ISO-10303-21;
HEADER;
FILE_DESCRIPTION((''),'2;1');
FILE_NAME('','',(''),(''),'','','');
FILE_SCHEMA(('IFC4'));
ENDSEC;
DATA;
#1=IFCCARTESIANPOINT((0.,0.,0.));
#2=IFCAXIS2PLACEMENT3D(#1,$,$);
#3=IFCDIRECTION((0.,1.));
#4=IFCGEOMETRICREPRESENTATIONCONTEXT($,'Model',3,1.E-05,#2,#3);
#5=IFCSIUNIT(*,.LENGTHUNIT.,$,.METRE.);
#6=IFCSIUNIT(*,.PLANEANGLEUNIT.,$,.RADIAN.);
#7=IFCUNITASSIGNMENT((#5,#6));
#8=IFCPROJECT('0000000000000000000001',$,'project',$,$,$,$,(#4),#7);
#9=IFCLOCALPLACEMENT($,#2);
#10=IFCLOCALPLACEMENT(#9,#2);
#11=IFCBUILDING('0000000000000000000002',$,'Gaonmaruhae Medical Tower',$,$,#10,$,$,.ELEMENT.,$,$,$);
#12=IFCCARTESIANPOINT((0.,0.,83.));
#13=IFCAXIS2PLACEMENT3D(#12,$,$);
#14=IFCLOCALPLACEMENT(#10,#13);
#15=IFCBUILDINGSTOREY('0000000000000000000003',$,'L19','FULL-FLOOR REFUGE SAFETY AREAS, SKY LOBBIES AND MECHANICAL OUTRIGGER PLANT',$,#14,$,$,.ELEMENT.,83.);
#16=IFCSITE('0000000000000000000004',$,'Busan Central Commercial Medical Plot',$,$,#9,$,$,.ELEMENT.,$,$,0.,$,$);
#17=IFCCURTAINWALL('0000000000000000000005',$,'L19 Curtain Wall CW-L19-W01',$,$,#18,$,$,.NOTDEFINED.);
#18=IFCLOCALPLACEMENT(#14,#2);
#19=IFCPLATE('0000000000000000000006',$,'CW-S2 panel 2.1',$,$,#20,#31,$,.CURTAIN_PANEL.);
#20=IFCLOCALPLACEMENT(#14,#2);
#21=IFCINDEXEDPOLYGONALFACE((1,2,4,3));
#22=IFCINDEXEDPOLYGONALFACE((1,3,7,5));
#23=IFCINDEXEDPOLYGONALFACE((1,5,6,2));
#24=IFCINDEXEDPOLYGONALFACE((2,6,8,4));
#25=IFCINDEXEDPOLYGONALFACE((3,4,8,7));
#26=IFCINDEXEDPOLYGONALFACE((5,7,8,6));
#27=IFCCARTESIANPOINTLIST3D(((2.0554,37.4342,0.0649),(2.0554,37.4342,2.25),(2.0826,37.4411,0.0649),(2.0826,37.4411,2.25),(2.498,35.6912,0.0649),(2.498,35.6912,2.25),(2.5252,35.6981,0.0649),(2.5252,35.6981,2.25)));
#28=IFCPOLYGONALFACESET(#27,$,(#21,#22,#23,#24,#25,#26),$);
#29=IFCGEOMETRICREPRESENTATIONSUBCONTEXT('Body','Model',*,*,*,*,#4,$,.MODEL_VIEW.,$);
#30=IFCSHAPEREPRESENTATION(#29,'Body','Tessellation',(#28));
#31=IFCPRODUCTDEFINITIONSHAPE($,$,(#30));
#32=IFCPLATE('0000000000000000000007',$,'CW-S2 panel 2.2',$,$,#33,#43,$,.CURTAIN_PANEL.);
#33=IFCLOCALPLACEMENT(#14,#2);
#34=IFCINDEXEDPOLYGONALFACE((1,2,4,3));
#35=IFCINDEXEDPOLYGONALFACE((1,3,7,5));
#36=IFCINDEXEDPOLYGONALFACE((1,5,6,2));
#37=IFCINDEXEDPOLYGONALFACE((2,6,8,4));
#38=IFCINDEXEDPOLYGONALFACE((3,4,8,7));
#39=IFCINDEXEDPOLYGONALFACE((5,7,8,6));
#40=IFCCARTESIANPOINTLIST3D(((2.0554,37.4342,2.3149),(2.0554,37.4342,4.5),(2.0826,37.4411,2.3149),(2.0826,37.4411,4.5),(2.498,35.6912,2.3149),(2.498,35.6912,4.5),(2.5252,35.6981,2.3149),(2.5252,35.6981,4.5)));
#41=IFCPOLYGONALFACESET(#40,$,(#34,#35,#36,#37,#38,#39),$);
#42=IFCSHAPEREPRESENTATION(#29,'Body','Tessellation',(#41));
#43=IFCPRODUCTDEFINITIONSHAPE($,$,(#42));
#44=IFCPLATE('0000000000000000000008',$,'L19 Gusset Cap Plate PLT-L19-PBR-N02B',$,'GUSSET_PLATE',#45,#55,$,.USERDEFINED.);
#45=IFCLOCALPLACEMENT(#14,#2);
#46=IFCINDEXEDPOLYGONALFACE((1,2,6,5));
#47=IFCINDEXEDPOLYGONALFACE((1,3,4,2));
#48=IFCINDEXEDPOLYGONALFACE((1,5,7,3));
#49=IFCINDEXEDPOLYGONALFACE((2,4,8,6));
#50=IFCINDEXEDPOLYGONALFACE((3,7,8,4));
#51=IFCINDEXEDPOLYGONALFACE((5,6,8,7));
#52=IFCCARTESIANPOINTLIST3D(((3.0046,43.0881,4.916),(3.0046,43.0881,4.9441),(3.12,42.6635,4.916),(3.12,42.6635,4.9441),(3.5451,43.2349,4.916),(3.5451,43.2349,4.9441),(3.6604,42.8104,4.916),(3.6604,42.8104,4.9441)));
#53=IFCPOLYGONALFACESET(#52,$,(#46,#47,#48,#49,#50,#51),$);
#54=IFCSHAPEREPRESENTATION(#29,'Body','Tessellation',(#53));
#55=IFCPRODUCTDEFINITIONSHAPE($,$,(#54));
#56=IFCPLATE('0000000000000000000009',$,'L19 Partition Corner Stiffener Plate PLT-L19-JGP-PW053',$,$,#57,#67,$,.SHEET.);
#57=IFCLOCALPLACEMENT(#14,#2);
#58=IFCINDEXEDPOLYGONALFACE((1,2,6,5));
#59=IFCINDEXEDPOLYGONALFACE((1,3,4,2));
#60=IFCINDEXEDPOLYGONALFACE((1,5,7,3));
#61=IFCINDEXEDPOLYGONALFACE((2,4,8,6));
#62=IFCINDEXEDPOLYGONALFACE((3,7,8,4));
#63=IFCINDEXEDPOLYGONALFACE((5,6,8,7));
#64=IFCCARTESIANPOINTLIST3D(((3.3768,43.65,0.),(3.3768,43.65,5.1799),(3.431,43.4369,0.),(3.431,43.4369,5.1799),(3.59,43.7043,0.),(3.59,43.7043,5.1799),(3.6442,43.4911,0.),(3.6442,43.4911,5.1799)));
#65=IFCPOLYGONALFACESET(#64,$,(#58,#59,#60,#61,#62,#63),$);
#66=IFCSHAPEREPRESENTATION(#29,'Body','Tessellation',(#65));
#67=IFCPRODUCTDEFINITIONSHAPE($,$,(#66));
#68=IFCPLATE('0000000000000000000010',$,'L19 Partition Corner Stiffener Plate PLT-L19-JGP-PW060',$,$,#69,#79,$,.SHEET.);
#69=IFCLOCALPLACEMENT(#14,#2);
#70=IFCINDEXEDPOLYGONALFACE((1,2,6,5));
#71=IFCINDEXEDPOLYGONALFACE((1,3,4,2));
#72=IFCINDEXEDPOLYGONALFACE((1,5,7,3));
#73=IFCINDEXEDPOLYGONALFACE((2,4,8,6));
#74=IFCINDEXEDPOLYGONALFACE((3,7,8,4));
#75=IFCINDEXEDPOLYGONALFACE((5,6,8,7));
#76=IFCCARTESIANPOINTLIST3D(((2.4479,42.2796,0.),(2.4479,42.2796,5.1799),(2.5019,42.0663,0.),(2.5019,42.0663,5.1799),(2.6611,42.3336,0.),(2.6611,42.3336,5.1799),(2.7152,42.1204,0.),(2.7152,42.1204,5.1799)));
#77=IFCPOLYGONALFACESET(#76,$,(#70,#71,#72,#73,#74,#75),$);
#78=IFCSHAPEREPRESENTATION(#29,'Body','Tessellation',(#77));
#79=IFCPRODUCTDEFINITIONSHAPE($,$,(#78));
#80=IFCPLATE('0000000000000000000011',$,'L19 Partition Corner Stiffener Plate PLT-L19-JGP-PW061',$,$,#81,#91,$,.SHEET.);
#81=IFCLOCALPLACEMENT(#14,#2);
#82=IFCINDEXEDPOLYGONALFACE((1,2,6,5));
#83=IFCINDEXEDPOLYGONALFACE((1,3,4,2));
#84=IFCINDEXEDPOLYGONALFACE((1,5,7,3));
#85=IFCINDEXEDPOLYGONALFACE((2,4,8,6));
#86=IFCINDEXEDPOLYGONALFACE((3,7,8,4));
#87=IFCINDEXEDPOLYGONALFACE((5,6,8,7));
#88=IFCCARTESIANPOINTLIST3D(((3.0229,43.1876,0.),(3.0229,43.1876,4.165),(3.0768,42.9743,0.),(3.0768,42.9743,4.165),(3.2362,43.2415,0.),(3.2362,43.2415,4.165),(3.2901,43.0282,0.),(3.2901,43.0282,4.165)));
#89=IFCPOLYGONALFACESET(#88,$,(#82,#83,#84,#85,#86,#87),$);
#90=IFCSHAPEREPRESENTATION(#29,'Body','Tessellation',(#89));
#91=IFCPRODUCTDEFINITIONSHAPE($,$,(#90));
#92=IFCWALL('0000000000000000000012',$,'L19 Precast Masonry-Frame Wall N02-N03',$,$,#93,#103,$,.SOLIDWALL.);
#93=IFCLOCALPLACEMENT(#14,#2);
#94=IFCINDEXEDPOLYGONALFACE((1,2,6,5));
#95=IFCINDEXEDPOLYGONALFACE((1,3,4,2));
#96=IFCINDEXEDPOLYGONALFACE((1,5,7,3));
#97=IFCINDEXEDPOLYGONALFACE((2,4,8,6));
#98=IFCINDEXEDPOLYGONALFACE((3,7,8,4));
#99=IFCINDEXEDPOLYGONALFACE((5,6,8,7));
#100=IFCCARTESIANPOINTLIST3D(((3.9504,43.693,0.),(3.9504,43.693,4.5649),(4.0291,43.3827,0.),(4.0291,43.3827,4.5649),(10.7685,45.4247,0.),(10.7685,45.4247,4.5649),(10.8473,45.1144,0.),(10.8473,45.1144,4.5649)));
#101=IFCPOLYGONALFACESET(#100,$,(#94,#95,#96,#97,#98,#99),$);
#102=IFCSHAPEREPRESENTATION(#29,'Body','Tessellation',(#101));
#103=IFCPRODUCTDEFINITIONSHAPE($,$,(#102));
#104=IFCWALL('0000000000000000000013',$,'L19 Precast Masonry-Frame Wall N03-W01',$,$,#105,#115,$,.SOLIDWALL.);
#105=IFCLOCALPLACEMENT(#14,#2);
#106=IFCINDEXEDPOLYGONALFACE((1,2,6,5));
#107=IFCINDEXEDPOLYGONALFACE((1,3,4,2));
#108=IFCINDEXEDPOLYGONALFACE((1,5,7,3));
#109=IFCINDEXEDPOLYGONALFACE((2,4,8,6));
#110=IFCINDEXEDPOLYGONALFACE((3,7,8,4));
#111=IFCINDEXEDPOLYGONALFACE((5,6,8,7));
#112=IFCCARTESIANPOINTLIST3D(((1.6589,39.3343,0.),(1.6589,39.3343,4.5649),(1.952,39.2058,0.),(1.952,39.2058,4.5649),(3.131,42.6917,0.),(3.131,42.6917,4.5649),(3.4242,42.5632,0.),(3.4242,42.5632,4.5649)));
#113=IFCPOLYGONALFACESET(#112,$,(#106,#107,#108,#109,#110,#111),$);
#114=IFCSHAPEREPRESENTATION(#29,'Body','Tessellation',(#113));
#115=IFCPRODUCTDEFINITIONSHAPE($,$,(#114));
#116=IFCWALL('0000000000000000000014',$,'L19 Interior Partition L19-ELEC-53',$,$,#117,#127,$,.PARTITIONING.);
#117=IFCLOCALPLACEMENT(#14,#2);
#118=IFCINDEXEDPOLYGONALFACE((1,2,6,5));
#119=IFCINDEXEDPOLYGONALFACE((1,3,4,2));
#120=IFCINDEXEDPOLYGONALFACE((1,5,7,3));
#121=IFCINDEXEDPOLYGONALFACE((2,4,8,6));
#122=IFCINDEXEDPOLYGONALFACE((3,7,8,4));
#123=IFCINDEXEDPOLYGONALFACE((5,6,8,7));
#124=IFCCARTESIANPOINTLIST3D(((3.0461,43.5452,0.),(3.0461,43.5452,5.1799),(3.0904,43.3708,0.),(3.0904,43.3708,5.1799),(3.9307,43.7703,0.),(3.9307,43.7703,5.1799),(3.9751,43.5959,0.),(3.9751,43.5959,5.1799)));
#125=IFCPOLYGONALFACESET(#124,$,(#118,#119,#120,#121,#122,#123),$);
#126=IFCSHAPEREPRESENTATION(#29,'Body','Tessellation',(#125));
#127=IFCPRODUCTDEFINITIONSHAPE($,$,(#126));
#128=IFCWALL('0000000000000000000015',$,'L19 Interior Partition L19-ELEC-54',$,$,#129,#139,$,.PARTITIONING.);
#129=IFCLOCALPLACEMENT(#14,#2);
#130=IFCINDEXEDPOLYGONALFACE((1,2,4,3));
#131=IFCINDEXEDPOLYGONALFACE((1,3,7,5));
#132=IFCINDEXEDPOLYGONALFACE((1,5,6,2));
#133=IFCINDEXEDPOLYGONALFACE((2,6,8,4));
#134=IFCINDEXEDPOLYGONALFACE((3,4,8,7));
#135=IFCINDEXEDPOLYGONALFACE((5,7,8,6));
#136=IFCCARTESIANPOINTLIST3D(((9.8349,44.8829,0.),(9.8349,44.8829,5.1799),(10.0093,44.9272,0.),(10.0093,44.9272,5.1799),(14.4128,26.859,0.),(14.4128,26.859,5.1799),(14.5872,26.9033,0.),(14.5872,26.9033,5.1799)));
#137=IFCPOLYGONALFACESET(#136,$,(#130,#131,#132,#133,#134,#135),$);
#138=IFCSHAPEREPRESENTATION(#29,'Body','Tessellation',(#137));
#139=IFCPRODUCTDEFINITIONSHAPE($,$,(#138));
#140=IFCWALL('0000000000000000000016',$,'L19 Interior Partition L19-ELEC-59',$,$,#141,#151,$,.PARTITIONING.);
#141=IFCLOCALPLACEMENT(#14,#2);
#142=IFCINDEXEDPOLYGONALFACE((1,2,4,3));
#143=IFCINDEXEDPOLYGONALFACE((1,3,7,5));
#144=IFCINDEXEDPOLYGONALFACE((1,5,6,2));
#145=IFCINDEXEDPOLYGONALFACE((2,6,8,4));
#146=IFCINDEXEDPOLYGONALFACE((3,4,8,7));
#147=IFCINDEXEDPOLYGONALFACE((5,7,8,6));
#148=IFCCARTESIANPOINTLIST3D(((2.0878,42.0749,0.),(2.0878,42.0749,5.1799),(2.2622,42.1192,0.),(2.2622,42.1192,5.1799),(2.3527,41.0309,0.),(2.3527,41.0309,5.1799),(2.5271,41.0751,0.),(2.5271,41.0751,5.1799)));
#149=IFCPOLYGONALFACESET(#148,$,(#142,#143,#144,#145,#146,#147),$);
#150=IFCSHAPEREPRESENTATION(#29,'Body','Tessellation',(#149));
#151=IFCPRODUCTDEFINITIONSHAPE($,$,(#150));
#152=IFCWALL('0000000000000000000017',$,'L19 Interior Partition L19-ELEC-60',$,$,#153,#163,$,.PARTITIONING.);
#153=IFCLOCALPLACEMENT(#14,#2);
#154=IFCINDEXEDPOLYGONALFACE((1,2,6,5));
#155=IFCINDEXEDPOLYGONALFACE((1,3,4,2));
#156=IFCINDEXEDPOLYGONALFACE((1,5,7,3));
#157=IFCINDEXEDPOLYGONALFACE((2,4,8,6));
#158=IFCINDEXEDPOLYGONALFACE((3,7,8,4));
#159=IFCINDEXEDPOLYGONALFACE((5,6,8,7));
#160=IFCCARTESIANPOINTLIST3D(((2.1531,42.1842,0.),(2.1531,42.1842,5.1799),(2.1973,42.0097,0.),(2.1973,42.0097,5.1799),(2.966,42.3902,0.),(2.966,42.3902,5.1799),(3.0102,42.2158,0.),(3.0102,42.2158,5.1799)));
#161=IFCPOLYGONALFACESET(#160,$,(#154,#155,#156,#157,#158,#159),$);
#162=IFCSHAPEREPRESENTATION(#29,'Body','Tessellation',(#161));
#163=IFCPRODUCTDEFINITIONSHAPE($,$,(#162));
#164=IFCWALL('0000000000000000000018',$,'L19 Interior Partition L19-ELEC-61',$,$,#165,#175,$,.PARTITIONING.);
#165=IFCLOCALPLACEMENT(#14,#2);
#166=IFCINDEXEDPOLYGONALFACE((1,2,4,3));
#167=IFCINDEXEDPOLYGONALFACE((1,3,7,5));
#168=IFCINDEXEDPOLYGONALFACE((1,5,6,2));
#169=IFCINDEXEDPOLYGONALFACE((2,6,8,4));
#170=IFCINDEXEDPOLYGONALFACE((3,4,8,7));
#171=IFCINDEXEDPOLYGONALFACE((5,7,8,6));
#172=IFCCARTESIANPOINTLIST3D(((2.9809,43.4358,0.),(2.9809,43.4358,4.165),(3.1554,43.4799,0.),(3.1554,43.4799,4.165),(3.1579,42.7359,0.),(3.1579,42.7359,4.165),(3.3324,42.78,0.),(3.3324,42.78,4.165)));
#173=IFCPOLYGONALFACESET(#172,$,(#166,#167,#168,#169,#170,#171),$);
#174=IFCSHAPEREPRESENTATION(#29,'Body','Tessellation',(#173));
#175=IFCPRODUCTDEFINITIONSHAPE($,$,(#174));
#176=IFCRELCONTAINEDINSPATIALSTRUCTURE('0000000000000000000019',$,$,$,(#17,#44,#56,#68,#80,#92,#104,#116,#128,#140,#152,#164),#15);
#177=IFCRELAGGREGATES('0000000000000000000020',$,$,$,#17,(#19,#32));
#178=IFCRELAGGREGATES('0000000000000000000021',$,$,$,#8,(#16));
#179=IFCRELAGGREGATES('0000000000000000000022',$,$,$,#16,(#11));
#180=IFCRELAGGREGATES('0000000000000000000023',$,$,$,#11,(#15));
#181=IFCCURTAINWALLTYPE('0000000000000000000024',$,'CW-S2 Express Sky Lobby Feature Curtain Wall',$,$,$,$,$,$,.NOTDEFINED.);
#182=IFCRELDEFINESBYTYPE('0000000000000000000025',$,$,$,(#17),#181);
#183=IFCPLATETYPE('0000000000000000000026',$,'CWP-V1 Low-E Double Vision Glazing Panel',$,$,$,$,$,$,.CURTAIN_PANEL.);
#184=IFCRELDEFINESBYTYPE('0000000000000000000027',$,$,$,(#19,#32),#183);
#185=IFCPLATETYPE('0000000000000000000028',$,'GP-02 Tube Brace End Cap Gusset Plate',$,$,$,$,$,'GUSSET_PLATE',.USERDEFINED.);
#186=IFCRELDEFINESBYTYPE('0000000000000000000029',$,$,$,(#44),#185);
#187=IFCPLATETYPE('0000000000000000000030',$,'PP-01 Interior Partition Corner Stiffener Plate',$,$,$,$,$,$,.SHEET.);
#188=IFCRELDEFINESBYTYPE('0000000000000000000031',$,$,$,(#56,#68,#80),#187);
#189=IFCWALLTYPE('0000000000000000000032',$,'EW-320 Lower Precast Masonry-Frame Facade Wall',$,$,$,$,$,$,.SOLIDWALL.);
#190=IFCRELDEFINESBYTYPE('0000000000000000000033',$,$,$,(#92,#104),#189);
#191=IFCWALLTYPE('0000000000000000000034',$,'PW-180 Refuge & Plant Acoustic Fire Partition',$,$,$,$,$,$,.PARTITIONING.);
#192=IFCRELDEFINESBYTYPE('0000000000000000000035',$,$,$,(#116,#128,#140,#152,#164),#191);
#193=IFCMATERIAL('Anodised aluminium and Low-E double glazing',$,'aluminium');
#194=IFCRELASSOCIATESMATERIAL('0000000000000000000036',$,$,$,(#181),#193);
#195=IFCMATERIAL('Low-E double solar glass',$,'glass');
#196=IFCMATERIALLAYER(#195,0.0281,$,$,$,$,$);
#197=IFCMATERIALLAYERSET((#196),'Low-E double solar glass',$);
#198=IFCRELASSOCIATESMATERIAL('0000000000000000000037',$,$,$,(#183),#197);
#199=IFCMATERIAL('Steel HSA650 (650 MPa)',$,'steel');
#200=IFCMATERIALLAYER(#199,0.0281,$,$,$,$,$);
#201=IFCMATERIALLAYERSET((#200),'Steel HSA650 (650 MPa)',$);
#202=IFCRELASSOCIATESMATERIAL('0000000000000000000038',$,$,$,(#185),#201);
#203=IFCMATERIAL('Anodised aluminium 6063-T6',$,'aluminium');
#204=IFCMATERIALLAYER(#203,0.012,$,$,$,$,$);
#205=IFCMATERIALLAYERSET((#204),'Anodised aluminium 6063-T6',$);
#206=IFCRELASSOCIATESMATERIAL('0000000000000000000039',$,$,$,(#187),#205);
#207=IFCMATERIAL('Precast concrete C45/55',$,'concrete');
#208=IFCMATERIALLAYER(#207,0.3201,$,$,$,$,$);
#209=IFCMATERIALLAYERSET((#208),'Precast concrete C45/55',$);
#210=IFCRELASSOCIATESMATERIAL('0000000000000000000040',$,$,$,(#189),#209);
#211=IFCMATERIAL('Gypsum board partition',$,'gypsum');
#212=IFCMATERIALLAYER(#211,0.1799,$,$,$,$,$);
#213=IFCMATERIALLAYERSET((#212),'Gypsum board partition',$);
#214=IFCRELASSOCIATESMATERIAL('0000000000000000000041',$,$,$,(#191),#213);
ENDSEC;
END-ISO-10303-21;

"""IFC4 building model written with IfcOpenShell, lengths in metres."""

from ifc_helpers import new_model, si_unit, direction, frame, frame_2d, origin, origin_2d, place, context, subcontext, project, spatial, rectangle, extrude, material, layer, layer_set, type_object, element, aggregate, save


model = new_model("IFC4")

# Units and contexts
model_context = context("Model", 3, precision=1e-05, world=origin(), true_north=direction((0.0, 1.0)))
body_context = subcontext(model_context, "Body", "Model", "MODEL_VIEW")
ifc_project = project(units=[si_unit("LENGTHUNIT", "METRE"), si_unit("PLANEANGLEUNIT", "RADIAN")], contexts=[model_context])

# Site, building, storey
site_placement = place(None, origin())
site = spatial("IfcSite", under=ifc_project, at=site_placement, Name="Busan Central Commercial Medical Plot", CompositionType="ELEMENT", RefElevation=0.0)
building_placement = place(site_placement, origin())
building = spatial("IfcBuilding", under=site, at=building_placement, Name="Gaonmaruhae Medical Tower", CompositionType="ELEMENT")
storey_placement = place(building_placement, frame((0.0, 0.0, 83.0)))
storey = spatial("IfcBuildingStorey", under=building, at=storey_placement, Name="L19", Description="FULL-FLOOR REFUGE SAFETY AREAS, SKY LOBBIES AND MECHANICAL OUTRIGGER PLANT", CompositionType="ELEMENT", Elevation=83.0)

# Curtain wall
ifc_material_1 = material(Name="Anodised aluminium and Low-E double glazing", Category="aluminium")
curtain_wall_type = type_object("IfcCurtainWallType", Name="CW-S2 Express Sky Lobby Feature Curtain Wall", PredefinedType="NOTDEFINED", material=ifc_material_1)
curtain_wall_placement = place(storey_placement, origin())
curtain_wall = element("IfcCurtainWall", 1, at=curtain_wall_placement, inside=storey, type_object=curtain_wall_type, Name="L19 Curtain Wall CW-L19-W01", PredefinedType="NOTDEFINED")
ifc_material_2 = material(Name="Anodised aluminium 6063-T6", Category="aluminium")

# Plates
ifc_material_3 = material(Name="Low-E double solar glass", Category="glass")
ifc_layer_1 = layer(ifc_material_3, 0.0281)
ifc_layer_set_1 = layer_set([ifc_layer_1], Name="Low-E double solar glass")
plate_type_1 = type_object("IfcPlateType", Name="CWP-V1 Low-E Double Vision Glazing Panel", PredefinedType="CURTAIN_PANEL", material=ifc_layer_set_1)
plate_1_placement = place(storey_placement, frame((2.2903, 36.5662, 0.0649), z_axis=(0.0, 0.0, 1.0), x_axis=(-0.246136, 0.969235, 0.0)))
plate_1 = element("IfcPlate", 2, at=plate_1_placement, type_object=plate_type_1, Name="CW-S2 panel 2.1", PredefinedType="CURTAIN_PANEL", context=body_context, shape_type="SweptSolid", body=[
    extrude(rectangle(XDim=1.7983, YDim=0.0281, at=origin_2d()), origin(), (0.0, 0.0, 1.0), 2.1851),
])
plate_2_placement = place(storey_placement, frame((2.2903, 36.5662, 2.3149), z_axis=(0.0, 0.0, 1.0), x_axis=(-0.246136, 0.969235, 0.0)))
plate_2 = element("IfcPlate", 3, at=plate_2_placement, type_object=plate_type_1, Name="CW-S2 panel 2.2", PredefinedType="CURTAIN_PANEL", context=body_context, shape_type="SweptSolid", body=[
    extrude(rectangle(XDim=1.7983, YDim=0.0281, at=origin_2d()), origin(), (0.0, 0.0, 1.0), 2.1851),
])
aggregate(curtain_wall, [plate_1, plate_2])

# Plates
ifc_material_4 = material(Name="Steel HSA650 (650 MPa)", Category="steel")
ifc_layer_2 = layer(ifc_material_4, 0.0281)
ifc_layer_set_2 = layer_set([ifc_layer_2], Name="Steel HSA650 (650 MPa)")
plate_type_2 = type_object("IfcPlateType", Name="GP-02 Tube Brace End Cap Gusset Plate", ElementType="GUSSET_PLATE", PredefinedType="USERDEFINED", material=ifc_layer_set_2)
plate_3_placement = place(storey_placement, frame((3.3325, 42.9492, 4.916), z_axis=(0.0, 0.0, 1.0), x_axis=(0.965016, 0.262189, 0.0)))
element("IfcPlate", 4, at=plate_3_placement, inside=storey, type_object=plate_type_2, Name="L19 Gusset Cap Plate PLT-L19-PBR-N02B", ObjectType="GUSSET_PLATE", PredefinedType="USERDEFINED", context=body_context, shape_type="SweptSolid", body=[
    extrude(rectangle(XDim=0.5601, YDim=0.4399, at=origin_2d()), origin(), (0.0, 0.0, 1.0), 0.0281),
])
ifc_layer_3 = layer(ifc_material_2, 0.012)
ifc_layer_set_3 = layer_set([ifc_layer_3], Name="Anodised aluminium 6063-T6")
plate_type_3 = type_object("IfcPlateType", Name="PP-01 Interior Partition Corner Stiffener Plate", PredefinedType="SHEET", material=ifc_layer_set_3)
for number, where, z_axis, x_axis, name in (
    (5, (3.5105, 43.5706, 0.0), (0.0, 0.0, 1.0), (0.969166, 0.246407, 0.0), "L19 Partition Corner Stiffener Plate PLT-L19-JGP-PW053"),
    (6, (2.5815, 42.2, 0.0), (0.0, 0.0, 1.0), (0.969364, 0.245629, 0.0), "L19 Partition Corner Stiffener Plate PLT-L19-JGP-PW060"),
):
    element("IfcPlate", number, at=place(storey_placement, frame(where, z_axis=z_axis, x_axis=x_axis)), inside=storey, type_object=plate_type_3, Name=name, PredefinedType="SHEET", context=body_context, shape_type="SweptSolid", body=[
        extrude(rectangle(XDim=0.22, YDim=0.22, at=origin_2d()), origin(), (0.0, 0.0, 1.0), 5.1799),
    ])
plate_4_placement = place(storey_placement, frame((3.1565, 43.1079, 0.0), z_axis=(0.0, 0.0, 1.0), x_axis=(-0.245138, 0.969488, 0.0)))
element("IfcPlate", 7, at=plate_4_placement, inside=storey, type_object=plate_type_3, Name="L19 Partition Corner Stiffener Plate PLT-L19-JGP-PW061", PredefinedType="SHEET", context=body_context, shape_type="SweptSolid", body=[
    extrude(rectangle(XDim=0.22, YDim=0.22, at=origin_2d()), origin(), (0.0, 0.0, 1.0), 4.165),
])

# Walls
ifc_material_5 = material(Name="Precast concrete C45/55", Category="concrete")
ifc_layer_4 = layer(ifc_material_5, 0.3201)
ifc_layer_set_4 = layer_set([ifc_layer_4], Name="Precast concrete C45/55")
wall_type_1 = type_object("IfcWallType", Name="EW-320 Lower Precast Masonry-Frame Facade Wall", PredefinedType="SOLIDWALL", material=ifc_layer_set_4)
wall_1_placement = place(storey_placement, frame((3.9897, 43.5378, 0.0), z_axis=(0.0, 0.0, 1.0), x_axis=(0.969227, 0.246168, 0.0)))
element("IfcWall", 8, at=wall_1_placement, inside=storey, type_object=wall_type_1, Name="L19 Precast Masonry-Frame Wall N02-N03", PredefinedType="SOLIDWALL", context=body_context, shape_type="SweptSolid", body=[
    extrude(rectangle(XDim=7.0347, YDim=0.3201, at=frame_2d((3.5173, 0.0))), origin(), (0.0, 0.0, 1.0), 4.5649),
])
wall_2_placement = place(storey_placement, frame((1.8054, 39.27, 0.0), z_axis=(0.0, 0.0, 1.0), x_axis=(0.401573, 0.915827, 0.0)))
element("IfcWall", 9, at=wall_2_placement, inside=storey, type_object=wall_type_1, Name="L19 Precast Masonry-Frame Wall N03-W01", PredefinedType="SOLIDWALL", context=body_context, shape_type="SweptSolid", body=[
    extrude(rectangle(XDim=3.666, YDim=0.3201, at=frame_2d((1.833, 0.0))), origin(), (0.0, 0.0, 1.0), 4.5649),
])
ifc_material_6 = material(Name="Gypsum board partition", Category="gypsum")
ifc_layer_5 = layer(ifc_material_6, 0.1799)
ifc_layer_set_5 = layer_set([ifc_layer_5], Name="Gypsum board partition")
wall_type_2 = type_object("IfcWallType", Name="PW-180 Refuge & Plant Acoustic Fire Partition", PredefinedType="PARTITIONING", material=ifc_layer_set_5)
wall_3_placement = place(storey_placement, frame((3.0681, 43.458, 0.0), z_axis=(0.0, 0.0, 1.0), x_axis=(0.969127, 0.246561, 0.0)))
element("IfcWall", 10, at=wall_3_placement, inside=storey, type_object=wall_type_2, Name="L19 Interior Partition L19-ELEC-53", PredefinedType="PARTITIONING", context=body_context, shape_type="SweptSolid", body=[
    extrude(rectangle(XDim=0.9128, YDim=0.1799, at=frame_2d((0.4565, 0.0))), origin(), (0.0, 0.0, 1.0), 5.1799),
])
wall_4_placement = place(storey_placement, frame((9.9221, 44.905, 0.0), z_axis=(0.0, 0.0, 1.0), x_axis=(0.246173, -0.969226, 0.0)))
element("IfcWall", 11, at=wall_4_placement, inside=storey, type_object=wall_type_2, Name="L19 Interior Partition L19-ELEC-54", PredefinedType="PARTITIONING", context=body_context, shape_type="SweptSolid", body=[
    extrude(rectangle(XDim=18.5962, YDim=0.1799, at=frame_2d((9.2981, 0.0))), origin(), (0.0, 0.0, 1.0), 5.1799),
])
wall_5_placement = place(storey_placement, frame((2.4399, 41.053, 0.0), z_axis=(0.0, 0.0, 1.0), x_axis=(-0.245948, 0.969283, 0.0)))
element("IfcWall", 12, at=wall_5_placement, inside=storey, type_object=wall_type_2, Name="L19 Interior Partition L19-ELEC-59", PredefinedType="PARTITIONING", context=body_context, shape_type="SweptSolid", body=[
    extrude(rectangle(XDim=1.0771, YDim=0.1799, at=frame_2d((0.5386, 0.0))), origin(), (0.0, 0.0, 1.0), 5.1799),
])
wall_6_placement = place(storey_placement, frame((2.175, 42.0969, 0.0), z_axis=(0.0, 0.0, 1.0), x_axis=(0.96935, 0.245685, 0.0)))
element("IfcWall", 13, at=wall_6_placement, inside=storey, type_object=wall_type_2, Name="L19 Interior Partition L19-ELEC-60", PredefinedType="PARTITIONING", context=body_context, shape_type="SweptSolid", body=[
    extrude(rectangle(XDim=0.8386, YDim=0.1799, at=frame_2d((0.4194, 0.0))), origin(), (0.0, 0.0, 1.0), 5.1799),
])
wall_7_placement = place(storey_placement, frame((3.2451, 42.7581, 0.0), z_axis=(0.0, 0.0, 1.0), x_axis=(-0.24516, 0.969483, 0.0)))
element("IfcWall", 14, at=wall_7_placement, inside=storey, type_object=wall_type_2, Name="L19 Interior Partition L19-ELEC-61", PredefinedType="PARTITIONING", context=body_context, shape_type="SweptSolid", body=[
    extrude(rectangle(XDim=0.7219, YDim=0.1799, at=frame_2d((0.3608, 0.0))), origin(), (0.0, 0.0, 1.0), 4.165),
])

save(model, "model.ifc")
